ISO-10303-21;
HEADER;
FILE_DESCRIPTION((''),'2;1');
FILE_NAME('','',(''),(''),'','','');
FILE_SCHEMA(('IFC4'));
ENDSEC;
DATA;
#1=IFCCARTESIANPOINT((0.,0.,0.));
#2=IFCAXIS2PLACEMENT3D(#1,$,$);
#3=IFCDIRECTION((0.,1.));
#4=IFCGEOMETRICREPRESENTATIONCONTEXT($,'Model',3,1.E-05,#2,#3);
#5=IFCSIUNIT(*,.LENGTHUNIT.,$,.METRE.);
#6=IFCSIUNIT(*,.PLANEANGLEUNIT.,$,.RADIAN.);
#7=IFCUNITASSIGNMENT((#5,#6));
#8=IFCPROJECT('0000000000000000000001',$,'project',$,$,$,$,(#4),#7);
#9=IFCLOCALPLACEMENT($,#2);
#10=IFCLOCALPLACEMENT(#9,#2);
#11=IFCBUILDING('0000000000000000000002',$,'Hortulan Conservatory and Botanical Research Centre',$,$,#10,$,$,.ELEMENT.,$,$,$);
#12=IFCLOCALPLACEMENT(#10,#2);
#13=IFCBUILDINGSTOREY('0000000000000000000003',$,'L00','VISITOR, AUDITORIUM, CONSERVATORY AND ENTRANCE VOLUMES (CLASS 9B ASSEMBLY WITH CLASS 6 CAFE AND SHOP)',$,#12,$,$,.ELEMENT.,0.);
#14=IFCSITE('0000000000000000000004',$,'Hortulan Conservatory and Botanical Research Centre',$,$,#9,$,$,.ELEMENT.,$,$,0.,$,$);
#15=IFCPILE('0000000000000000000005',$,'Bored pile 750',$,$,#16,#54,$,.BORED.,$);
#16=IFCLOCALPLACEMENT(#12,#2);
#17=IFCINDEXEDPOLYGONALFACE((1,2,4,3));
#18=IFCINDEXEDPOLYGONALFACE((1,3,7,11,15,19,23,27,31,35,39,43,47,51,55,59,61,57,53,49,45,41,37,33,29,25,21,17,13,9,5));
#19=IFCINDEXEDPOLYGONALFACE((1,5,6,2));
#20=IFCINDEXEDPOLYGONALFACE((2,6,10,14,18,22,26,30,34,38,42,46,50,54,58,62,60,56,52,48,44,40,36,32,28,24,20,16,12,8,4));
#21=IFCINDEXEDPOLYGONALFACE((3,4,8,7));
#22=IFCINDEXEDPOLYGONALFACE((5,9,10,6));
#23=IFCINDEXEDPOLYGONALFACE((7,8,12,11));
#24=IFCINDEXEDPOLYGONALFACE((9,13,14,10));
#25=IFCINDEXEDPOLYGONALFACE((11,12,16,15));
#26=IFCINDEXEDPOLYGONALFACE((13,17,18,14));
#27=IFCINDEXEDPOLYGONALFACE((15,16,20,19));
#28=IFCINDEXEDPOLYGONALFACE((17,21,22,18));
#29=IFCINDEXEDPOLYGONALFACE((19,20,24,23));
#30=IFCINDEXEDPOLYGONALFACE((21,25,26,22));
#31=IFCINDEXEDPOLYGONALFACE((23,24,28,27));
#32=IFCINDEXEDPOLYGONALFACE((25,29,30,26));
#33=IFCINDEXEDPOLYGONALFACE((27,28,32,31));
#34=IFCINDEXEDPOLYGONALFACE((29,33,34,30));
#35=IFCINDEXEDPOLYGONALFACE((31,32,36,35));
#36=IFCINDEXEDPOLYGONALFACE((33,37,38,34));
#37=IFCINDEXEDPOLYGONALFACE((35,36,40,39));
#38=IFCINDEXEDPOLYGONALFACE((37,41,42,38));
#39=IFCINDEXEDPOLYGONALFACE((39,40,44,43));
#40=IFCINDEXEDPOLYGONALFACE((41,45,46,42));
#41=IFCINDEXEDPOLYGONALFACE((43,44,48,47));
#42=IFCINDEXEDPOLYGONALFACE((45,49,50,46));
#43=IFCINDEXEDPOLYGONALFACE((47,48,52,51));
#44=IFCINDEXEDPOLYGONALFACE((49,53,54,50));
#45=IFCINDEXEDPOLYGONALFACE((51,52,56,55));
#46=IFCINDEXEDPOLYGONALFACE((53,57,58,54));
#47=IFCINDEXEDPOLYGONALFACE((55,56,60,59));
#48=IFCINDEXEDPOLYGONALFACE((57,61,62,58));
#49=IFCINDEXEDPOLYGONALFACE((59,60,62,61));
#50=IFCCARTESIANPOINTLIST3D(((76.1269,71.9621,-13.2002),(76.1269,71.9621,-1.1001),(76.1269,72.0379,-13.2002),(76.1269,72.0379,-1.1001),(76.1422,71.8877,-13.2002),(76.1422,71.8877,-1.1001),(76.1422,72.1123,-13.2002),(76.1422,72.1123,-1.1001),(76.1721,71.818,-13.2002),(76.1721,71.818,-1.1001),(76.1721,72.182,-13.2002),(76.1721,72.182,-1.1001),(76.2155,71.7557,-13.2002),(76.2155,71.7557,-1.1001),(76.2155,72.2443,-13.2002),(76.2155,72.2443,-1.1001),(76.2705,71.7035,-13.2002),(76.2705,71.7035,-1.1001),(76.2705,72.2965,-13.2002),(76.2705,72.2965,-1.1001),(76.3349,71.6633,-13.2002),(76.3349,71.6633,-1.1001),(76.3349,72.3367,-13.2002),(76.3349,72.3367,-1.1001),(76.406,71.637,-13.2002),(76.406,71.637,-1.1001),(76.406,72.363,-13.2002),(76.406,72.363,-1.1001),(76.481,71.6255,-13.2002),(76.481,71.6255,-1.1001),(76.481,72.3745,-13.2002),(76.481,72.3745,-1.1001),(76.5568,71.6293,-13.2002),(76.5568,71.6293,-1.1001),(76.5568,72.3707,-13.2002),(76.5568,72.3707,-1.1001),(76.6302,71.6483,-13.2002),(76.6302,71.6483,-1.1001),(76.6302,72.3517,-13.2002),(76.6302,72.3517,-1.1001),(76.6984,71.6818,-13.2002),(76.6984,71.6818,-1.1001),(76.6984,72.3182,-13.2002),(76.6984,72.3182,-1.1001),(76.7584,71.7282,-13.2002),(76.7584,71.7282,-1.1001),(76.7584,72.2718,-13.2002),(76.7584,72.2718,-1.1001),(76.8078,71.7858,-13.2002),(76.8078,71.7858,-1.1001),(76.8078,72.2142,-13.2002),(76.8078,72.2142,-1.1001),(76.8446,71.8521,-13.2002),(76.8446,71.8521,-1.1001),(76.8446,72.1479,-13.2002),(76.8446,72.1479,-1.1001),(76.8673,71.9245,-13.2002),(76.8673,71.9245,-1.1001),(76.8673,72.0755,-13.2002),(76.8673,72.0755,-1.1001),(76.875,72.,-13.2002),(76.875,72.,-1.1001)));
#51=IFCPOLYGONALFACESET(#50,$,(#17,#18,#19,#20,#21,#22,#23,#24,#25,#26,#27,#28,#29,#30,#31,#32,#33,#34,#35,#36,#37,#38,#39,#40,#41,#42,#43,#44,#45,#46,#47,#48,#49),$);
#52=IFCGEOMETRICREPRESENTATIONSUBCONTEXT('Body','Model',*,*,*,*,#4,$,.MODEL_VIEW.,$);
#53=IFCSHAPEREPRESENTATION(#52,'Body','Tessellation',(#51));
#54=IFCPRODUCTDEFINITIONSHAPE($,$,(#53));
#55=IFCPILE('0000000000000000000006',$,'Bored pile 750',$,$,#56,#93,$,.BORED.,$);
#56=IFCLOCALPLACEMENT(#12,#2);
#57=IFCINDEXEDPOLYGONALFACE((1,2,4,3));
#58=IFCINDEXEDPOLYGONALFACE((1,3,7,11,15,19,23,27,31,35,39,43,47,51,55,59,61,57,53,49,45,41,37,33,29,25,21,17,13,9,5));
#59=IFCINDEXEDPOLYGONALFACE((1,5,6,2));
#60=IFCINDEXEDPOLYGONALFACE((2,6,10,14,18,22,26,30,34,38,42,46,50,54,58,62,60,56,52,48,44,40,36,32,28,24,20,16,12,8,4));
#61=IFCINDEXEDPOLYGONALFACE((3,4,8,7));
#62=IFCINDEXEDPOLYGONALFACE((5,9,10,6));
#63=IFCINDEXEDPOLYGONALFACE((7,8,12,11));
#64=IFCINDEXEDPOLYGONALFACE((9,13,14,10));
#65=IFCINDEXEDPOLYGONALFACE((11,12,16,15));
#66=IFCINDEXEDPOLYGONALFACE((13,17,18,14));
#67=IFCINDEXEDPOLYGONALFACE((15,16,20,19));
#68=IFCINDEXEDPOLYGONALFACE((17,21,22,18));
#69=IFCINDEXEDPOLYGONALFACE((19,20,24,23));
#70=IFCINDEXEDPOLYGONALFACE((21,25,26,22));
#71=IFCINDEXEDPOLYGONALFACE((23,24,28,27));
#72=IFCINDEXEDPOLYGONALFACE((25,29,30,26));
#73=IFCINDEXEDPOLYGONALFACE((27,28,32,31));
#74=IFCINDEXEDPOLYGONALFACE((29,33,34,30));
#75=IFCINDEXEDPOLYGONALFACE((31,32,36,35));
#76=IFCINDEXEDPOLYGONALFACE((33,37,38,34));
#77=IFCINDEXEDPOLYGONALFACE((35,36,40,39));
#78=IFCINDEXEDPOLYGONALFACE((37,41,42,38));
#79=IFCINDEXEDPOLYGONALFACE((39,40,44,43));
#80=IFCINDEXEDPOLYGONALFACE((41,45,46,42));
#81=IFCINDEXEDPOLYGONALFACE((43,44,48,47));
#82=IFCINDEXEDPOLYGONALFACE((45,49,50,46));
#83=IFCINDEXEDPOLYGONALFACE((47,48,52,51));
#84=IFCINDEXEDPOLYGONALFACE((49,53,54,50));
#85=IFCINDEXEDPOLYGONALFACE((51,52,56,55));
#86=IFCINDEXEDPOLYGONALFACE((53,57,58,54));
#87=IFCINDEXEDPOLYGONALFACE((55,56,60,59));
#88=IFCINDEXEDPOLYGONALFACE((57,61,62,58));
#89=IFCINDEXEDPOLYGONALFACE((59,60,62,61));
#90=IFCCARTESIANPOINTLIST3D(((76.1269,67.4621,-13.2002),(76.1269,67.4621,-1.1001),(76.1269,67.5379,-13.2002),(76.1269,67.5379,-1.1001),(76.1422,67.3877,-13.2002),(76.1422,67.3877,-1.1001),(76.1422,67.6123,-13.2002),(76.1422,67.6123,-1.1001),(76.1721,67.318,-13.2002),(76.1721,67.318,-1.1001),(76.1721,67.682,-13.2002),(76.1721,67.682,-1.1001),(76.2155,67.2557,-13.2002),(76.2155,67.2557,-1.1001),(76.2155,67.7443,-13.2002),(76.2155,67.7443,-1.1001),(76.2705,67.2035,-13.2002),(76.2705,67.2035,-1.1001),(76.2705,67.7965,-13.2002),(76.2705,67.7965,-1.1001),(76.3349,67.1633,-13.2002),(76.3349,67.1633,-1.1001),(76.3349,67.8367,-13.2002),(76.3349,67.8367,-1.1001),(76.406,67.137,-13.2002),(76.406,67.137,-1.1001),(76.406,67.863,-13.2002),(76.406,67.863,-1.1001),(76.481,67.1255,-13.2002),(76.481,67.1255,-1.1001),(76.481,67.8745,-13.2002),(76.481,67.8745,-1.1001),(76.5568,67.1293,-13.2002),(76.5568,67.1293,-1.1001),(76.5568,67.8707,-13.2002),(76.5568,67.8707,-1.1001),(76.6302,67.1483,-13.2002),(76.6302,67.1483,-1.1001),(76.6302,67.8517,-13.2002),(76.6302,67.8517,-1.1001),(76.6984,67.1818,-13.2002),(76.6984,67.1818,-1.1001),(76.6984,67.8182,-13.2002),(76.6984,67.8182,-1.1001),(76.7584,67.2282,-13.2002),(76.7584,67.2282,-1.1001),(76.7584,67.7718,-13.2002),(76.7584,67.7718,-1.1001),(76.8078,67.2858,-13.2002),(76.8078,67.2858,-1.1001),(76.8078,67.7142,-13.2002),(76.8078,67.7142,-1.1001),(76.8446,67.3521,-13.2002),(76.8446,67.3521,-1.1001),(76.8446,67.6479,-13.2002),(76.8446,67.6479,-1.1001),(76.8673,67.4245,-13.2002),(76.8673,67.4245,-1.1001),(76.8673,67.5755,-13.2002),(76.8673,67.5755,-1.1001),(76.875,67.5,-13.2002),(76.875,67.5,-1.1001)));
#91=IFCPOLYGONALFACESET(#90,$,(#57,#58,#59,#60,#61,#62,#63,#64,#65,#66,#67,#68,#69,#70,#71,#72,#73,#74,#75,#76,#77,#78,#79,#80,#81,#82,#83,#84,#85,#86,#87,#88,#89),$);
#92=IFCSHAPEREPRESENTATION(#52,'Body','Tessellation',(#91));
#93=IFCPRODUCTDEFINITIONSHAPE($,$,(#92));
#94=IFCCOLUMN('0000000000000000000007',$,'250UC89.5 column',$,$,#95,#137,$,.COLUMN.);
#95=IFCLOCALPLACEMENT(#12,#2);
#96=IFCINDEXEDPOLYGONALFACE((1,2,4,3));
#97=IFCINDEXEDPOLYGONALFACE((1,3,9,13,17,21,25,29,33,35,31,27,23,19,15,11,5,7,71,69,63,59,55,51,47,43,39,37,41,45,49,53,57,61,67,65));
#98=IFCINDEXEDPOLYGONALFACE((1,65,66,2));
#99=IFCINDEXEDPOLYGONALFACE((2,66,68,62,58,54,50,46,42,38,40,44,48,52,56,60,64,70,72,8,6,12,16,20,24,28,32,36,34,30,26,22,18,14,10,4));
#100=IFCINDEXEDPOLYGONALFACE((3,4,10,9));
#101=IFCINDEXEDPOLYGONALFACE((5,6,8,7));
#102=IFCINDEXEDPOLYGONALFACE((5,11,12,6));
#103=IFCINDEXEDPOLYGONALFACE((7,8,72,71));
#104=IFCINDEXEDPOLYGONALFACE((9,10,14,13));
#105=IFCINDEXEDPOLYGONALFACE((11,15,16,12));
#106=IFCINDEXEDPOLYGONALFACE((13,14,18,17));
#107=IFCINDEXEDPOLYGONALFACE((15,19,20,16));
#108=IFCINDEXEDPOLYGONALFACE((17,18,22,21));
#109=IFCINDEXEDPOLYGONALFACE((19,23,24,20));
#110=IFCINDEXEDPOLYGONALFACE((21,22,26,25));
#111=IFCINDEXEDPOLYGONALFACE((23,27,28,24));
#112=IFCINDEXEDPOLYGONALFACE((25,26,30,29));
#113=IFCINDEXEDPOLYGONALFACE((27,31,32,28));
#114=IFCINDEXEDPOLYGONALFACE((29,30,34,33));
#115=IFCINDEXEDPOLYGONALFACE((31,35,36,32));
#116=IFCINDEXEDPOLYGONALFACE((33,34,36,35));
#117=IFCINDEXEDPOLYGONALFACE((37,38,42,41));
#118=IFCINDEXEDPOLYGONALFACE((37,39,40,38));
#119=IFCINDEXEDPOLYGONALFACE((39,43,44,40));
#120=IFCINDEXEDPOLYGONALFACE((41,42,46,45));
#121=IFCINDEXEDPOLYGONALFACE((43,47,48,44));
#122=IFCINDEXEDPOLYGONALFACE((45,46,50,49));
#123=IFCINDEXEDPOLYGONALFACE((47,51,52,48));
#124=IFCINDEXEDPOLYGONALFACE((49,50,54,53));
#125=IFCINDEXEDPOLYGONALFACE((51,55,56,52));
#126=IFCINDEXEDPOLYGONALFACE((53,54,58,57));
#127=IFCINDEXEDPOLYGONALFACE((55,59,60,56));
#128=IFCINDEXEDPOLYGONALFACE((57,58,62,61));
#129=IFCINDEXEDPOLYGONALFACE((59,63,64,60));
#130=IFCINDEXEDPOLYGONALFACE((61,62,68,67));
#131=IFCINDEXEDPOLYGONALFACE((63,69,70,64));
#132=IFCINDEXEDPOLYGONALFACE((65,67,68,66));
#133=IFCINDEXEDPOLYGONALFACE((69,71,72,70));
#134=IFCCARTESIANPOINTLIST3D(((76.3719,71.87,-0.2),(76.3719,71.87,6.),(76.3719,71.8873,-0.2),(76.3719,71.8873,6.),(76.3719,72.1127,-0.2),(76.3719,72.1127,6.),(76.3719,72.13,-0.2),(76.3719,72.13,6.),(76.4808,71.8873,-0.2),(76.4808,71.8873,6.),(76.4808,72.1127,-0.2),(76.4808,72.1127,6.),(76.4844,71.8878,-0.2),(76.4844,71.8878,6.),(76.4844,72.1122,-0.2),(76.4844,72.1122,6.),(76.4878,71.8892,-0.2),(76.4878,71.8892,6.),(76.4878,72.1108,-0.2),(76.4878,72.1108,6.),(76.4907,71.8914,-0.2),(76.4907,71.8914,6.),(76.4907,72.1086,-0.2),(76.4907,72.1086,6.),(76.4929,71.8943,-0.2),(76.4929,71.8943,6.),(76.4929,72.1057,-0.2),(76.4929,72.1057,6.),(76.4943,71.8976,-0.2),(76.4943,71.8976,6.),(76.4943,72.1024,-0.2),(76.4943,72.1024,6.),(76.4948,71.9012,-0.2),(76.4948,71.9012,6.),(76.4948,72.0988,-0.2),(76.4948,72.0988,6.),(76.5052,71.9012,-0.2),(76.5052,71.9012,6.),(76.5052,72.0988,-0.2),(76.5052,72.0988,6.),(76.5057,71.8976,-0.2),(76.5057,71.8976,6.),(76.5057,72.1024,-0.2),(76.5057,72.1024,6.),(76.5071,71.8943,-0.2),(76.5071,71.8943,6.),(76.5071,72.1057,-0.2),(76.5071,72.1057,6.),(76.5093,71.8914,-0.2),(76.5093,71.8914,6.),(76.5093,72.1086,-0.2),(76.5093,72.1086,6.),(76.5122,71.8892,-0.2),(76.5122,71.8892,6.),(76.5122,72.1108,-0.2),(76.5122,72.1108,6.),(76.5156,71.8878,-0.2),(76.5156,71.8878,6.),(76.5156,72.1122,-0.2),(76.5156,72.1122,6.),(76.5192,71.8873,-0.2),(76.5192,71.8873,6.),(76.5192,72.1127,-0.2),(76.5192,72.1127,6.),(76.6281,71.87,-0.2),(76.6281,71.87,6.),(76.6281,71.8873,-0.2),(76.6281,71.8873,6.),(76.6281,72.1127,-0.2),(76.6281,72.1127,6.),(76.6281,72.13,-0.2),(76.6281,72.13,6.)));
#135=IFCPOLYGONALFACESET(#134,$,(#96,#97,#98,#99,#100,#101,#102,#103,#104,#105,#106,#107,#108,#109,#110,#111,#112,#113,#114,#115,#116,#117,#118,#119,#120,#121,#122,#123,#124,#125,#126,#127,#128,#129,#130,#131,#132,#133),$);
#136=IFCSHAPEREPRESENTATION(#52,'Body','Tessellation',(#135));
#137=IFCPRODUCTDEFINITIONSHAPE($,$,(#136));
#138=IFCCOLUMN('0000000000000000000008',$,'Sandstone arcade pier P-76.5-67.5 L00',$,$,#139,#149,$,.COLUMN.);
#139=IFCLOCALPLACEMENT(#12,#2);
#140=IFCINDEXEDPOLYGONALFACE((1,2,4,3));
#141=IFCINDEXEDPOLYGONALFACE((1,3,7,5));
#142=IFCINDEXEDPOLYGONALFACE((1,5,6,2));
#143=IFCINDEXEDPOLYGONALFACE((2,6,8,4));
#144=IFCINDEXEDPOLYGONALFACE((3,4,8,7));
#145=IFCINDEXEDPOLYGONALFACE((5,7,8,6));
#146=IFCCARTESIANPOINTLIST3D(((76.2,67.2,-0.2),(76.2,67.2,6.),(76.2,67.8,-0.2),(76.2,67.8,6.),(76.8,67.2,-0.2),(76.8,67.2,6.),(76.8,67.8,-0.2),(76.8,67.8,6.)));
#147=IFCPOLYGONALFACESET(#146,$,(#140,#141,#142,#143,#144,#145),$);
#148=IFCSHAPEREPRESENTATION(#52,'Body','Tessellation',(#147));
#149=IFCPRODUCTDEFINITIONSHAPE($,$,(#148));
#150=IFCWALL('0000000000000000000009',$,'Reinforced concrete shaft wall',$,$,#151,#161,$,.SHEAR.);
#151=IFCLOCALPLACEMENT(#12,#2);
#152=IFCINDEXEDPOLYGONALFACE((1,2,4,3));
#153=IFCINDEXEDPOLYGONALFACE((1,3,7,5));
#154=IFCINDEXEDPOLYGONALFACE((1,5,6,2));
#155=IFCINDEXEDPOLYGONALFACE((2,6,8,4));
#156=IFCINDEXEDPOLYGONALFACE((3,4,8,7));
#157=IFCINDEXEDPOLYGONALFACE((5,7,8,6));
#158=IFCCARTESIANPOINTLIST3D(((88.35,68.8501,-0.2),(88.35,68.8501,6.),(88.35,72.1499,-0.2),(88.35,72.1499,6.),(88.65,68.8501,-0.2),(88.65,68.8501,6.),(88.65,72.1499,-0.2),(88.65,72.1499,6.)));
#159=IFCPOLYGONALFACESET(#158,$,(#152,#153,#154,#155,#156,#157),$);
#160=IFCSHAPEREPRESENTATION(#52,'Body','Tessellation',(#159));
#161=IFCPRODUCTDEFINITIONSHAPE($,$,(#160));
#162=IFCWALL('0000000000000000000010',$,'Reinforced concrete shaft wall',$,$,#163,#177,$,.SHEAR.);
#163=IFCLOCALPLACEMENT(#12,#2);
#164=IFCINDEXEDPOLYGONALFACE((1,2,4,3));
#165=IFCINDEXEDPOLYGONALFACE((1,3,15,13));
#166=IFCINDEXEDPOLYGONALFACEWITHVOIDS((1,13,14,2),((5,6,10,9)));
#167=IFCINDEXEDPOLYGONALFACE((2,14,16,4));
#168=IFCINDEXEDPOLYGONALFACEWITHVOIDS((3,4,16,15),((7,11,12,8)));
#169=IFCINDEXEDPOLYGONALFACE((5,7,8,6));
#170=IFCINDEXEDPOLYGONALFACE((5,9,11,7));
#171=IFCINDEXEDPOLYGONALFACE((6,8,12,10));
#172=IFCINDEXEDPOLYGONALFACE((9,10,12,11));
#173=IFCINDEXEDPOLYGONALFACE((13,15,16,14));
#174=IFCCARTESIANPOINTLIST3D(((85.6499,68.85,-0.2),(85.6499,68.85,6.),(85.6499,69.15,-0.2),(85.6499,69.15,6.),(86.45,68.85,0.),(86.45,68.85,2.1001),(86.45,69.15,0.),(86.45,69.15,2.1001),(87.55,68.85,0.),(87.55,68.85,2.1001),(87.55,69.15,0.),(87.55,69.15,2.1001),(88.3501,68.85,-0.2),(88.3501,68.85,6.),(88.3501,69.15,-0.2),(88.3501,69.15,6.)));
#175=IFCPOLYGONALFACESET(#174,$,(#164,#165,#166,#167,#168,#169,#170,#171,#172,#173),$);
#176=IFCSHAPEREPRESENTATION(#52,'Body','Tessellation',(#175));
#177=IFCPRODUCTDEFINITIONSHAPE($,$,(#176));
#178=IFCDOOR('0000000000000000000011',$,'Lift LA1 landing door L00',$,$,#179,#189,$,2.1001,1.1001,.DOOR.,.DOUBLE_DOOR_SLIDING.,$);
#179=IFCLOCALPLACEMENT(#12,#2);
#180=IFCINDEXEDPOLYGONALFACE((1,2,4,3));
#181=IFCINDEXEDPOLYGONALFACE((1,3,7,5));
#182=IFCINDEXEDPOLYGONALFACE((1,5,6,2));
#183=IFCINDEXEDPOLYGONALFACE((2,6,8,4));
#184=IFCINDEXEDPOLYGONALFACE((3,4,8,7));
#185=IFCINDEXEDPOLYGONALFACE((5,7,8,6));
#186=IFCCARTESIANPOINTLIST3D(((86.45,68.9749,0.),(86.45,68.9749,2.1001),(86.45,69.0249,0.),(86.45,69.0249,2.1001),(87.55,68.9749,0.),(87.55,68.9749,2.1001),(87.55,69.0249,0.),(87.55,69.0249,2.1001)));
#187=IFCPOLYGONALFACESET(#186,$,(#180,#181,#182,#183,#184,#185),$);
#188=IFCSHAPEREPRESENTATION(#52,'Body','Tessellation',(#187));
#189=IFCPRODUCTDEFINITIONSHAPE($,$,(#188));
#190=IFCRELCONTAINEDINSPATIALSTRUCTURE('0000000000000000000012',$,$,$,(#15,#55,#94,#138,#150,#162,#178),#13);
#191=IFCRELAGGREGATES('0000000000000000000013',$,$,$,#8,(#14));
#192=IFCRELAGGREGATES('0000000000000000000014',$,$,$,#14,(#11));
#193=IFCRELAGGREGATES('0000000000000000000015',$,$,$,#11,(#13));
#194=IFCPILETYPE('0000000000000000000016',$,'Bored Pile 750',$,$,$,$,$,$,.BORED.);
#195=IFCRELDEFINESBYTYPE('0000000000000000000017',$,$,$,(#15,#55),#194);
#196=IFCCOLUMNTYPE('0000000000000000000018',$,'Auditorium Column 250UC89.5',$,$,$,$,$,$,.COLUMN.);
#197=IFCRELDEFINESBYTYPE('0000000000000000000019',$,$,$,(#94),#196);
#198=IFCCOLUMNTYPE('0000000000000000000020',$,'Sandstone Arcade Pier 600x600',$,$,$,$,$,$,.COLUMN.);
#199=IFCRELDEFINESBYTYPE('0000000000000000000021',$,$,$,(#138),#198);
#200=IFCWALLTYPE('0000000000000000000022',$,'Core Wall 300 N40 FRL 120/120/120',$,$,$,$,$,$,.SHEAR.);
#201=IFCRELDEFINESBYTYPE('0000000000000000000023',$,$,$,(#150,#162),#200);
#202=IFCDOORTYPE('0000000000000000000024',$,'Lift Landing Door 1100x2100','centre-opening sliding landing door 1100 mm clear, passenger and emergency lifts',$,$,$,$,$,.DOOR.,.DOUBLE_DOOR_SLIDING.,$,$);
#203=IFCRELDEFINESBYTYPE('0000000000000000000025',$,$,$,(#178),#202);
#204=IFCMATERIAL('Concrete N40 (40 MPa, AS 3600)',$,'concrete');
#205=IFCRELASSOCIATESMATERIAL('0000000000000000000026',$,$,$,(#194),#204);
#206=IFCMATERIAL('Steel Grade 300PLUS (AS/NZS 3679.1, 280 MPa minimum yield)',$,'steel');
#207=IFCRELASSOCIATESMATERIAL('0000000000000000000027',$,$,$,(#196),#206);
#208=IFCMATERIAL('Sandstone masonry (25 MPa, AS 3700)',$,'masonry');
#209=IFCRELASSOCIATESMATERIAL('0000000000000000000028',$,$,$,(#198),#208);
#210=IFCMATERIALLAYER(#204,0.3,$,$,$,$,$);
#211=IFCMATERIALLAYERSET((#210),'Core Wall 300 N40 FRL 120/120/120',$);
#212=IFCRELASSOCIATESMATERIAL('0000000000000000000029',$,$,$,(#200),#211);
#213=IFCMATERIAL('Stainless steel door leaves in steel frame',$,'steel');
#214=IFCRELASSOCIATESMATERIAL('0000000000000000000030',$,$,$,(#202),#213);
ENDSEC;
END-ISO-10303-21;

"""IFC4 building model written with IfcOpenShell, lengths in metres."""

from ifc_helpers import new_model, si_unit, direction, frame, frame_2d, origin, origin_2d, place, context, subcontext, project, spatial, rectangle, circle, i_section, extrude, material, layer, layer_set, material_profile, profile_set, type_object, element, fill, save


model = new_model("IFC4")

# Units and contexts
model_context = context("Model", 3, precision=1e-05, world=origin(), true_north=direction((0.0, 1.0)))
body_context = subcontext(model_context, "Body", "Model", "MODEL_VIEW")
ifc_project = project(units=[si_unit("LENGTHUNIT", "METRE"), si_unit("PLANEANGLEUNIT", "RADIAN")], contexts=[model_context])

# Site, building, storey
site_placement = place(None, origin())
site = spatial("IfcSite", under=ifc_project, at=site_placement, Name="Hortulan Conservatory and Botanical Research Centre", CompositionType="ELEMENT", RefElevation=0.0)
building_placement = place(site_placement, origin())
building = spatial("IfcBuilding", under=site, at=building_placement, Name="Hortulan Conservatory and Botanical Research Centre", CompositionType="ELEMENT")
storey_placement = place(building_placement, origin())
storey = spatial("IfcBuildingStorey", under=building, at=storey_placement, Name="L00", Description="VISITOR, AUDITORIUM, CONSERVATORY AND ENTRANCE VOLUMES (CLASS 9B ASSEMBLY WITH CLASS 6 CAFE AND SHOP)", CompositionType="ELEMENT", Elevation=0.0)

# Piles
ifc_material_1 = material(Name="Concrete N40 (40 MPa, AS 3600)", Category="concrete")
ifc_material_profile_1 = material_profile(ifc_material_1, circle(Radius=0.375, at=origin_2d()), Name="Bored pile 750 diameter")
ifc_profile_set_1 = profile_set([ifc_material_profile_1], Name="Concrete N40 (40 MPa, AS 3600)")
pile_type = type_object("IfcPileType", Name="Bored Pile 750", PredefinedType="BORED", material=ifc_profile_set_1)
for number, where, z_axis, x_axis, name in (
    (1, (76.5, 72.0, -1.1001), (0.0, 0.0, -1.0), (1.0, 0.0, 0.0), "Bored pile 750"),
    (2, (76.5, 67.5, -1.1001), (0.0, 0.0, -1.0), (1.0, 0.0, 0.0), "Bored pile 750"),
):
    element("IfcPile", number, at=place(storey_placement, frame(where, z_axis=z_axis, x_axis=x_axis)), inside=storey, type_object=pile_type, Name=name, PredefinedType="BORED", context=body_context, shape_type="SweptSolid", body=[
        extrude(circle(Radius=0.375, at=origin_2d()), origin(), (0.0, 0.0, 1.0), 12.1001),
    ])

# Columns
ifc_material_2 = material(Name="Steel Grade 300PLUS (AS/NZS 3679.1, 280 MPa minimum yield)", Category="steel")
ifc_material_profile_2 = material_profile(ifc_material_2, i_section(OverallWidth=0.2561, OverallDepth=0.26, WebThickness=0.0105, FlangeThickness=0.0173, FilletRadius=0.0139, at=origin_2d()), Name="250UC89.5")
ifc_profile_set_2 = profile_set([ifc_material_profile_2], Name="Steel Grade 300PLUS (AS/NZS 3679.1, 280 MPa minimum yield)")
column_type_1 = type_object("IfcColumnType", Name="Auditorium Column 250UC89.5", PredefinedType="COLUMN", material=ifc_profile_set_2)
column_1_placement = place(storey_placement, frame((76.5, 72.0, -0.2), z_axis=(0.0, 0.0, 1.0), x_axis=(1.0, 0.0, 0.0)))
element("IfcColumn", 3, at=column_1_placement, inside=storey, type_object=column_type_1, Name="250UC89.5 column", PredefinedType="COLUMN", context=body_context, shape_type="SweptSolid", body=[
    extrude(i_section(OverallWidth=0.2561, OverallDepth=0.26, WebThickness=0.0105, FlangeThickness=0.0173, FilletRadius=0.0139, at=origin_2d()), origin(), (0.0, 0.0, 1.0), 6.2),
])
ifc_material_3 = material(Name="Sandstone masonry (25 MPa, AS 3700)", Category="masonry")
ifc_material_profile_3 = material_profile(ifc_material_3, rectangle(XDim=0.6001, YDim=0.6001, at=origin_2d()), Name="Square pier 600")
ifc_profile_set_3 = profile_set([ifc_material_profile_3], Name="Sandstone masonry (25 MPa, AS 3700)")
column_type_2 = type_object("IfcColumnType", Name="Sandstone Arcade Pier 600x600", PredefinedType="COLUMN", material=ifc_profile_set_3)
column_2_placement = place(storey_placement, frame((76.5, 67.5, -0.2), z_axis=(0.0, 0.0, 1.0), x_axis=(1.0, 0.0, 0.0)))
element("IfcColumn", 4, at=column_2_placement, inside=storey, type_object=column_type_2, Name="Sandstone arcade pier P-76.5-67.5 L00", PredefinedType="COLUMN", context=body_context, shape_type="SweptSolid", body=[
    extrude(rectangle(XDim=0.6001, YDim=0.6001, at=origin_2d()), origin(), (0.0, 0.0, 1.0), 6.2),
])

# Wall
ifc_layer_1 = layer(ifc_material_1, 0.3)
ifc_layer_set_1 = layer_set([ifc_layer_1], Name="Core Wall 300 N40 FRL 120/120/120")
wall_type = type_object("IfcWallType", Name="Core Wall 300 N40 FRL 120/120/120", PredefinedType="SHEAR", material=ifc_layer_set_1)
wall_1_placement = place(storey_placement, frame((88.5, 68.8501, -0.2), z_axis=(0.0, 0.0, 1.0), x_axis=(0.0, 1.0, 0.0)))
element("IfcWall", 5, at=wall_1_placement, inside=storey, type_object=wall_type, Name="Reinforced concrete shaft wall", PredefinedType="SHEAR", context=body_context, shape_type="SweptSolid", body=[
    extrude(rectangle(XDim=3.2998, YDim=0.3, at=frame_2d((1.6499, 0.0))), origin(), (0.0, 0.0, 1.0), 6.2),
])

# Wall, opening, door
wall_2_placement = place(storey_placement, frame((85.6499, 69.0, -0.2), z_axis=(0.0, 0.0, 1.0), x_axis=(1.0, 0.0, 0.0)))
wall_2 = element("IfcWall", 6, at=wall_2_placement, inside=storey, type_object=wall_type, Name="Reinforced concrete shaft wall", PredefinedType="SHEAR", context=body_context, shape_type="SweptSolid", body=[
    extrude(rectangle(XDim=2.7002, YDim=0.3, at=frame_2d((1.3501, 0.0))), origin(), (0.0, 0.0, 1.0), 6.2),
])
opening_placement = place(wall_2_placement, frame((0.8, 0.0, 0.2)))
opening = element("IfcOpeningElement", 7, at=opening_placement, cuts=wall_2, PredefinedType="OPENING", context=body_context, shape_type="SweptSolid", body=[
    extrude(rectangle(XDim=1.1001, YDim=2.1001, at=frame_2d((0.55, 1.05))), frame((0.0, 0.1599, 0.0), z_axis=(0.0, -1.0, 0.0), x_axis=(1.0, 0.0, 0.0)), (0.0, 0.0, 1.0), 0.3201),
])
ifc_material_4 = material(Name="Stainless steel door leaves in steel frame", Category="steel")
door_type = type_object("IfcDoorType", Name="Lift Landing Door 1100x2100", Description="centre-opening sliding landing door 1100 mm clear, passenger and emergency lifts", OperationType="DOUBLE_DOOR_SLIDING", PredefinedType="DOOR", material=ifc_material_4)
door_placement = place(opening_placement, origin())
door = element("IfcDoor", 8, at=door_placement, inside=storey, type_object=door_type, Name="Lift LA1 landing door L00", OperationType="DOUBLE_DOOR_SLIDING", OverallHeight=2.1001, OverallWidth=1.1001, PredefinedType="DOOR", context=body_context, shape_type="SweptSolid", body=[
    extrude(rectangle(XDim=1.1001, YDim=2.1001, at=frame_2d((0.55, 1.05))), frame((0.0, 0.0249, 0.0), z_axis=(0.0, -1.0, 0.0), x_axis=(1.0, 0.0, 0.0)), (0.0, 0.0, 1.0), 0.05),
])
fill(opening, door)

save(model, "model.ifc")
